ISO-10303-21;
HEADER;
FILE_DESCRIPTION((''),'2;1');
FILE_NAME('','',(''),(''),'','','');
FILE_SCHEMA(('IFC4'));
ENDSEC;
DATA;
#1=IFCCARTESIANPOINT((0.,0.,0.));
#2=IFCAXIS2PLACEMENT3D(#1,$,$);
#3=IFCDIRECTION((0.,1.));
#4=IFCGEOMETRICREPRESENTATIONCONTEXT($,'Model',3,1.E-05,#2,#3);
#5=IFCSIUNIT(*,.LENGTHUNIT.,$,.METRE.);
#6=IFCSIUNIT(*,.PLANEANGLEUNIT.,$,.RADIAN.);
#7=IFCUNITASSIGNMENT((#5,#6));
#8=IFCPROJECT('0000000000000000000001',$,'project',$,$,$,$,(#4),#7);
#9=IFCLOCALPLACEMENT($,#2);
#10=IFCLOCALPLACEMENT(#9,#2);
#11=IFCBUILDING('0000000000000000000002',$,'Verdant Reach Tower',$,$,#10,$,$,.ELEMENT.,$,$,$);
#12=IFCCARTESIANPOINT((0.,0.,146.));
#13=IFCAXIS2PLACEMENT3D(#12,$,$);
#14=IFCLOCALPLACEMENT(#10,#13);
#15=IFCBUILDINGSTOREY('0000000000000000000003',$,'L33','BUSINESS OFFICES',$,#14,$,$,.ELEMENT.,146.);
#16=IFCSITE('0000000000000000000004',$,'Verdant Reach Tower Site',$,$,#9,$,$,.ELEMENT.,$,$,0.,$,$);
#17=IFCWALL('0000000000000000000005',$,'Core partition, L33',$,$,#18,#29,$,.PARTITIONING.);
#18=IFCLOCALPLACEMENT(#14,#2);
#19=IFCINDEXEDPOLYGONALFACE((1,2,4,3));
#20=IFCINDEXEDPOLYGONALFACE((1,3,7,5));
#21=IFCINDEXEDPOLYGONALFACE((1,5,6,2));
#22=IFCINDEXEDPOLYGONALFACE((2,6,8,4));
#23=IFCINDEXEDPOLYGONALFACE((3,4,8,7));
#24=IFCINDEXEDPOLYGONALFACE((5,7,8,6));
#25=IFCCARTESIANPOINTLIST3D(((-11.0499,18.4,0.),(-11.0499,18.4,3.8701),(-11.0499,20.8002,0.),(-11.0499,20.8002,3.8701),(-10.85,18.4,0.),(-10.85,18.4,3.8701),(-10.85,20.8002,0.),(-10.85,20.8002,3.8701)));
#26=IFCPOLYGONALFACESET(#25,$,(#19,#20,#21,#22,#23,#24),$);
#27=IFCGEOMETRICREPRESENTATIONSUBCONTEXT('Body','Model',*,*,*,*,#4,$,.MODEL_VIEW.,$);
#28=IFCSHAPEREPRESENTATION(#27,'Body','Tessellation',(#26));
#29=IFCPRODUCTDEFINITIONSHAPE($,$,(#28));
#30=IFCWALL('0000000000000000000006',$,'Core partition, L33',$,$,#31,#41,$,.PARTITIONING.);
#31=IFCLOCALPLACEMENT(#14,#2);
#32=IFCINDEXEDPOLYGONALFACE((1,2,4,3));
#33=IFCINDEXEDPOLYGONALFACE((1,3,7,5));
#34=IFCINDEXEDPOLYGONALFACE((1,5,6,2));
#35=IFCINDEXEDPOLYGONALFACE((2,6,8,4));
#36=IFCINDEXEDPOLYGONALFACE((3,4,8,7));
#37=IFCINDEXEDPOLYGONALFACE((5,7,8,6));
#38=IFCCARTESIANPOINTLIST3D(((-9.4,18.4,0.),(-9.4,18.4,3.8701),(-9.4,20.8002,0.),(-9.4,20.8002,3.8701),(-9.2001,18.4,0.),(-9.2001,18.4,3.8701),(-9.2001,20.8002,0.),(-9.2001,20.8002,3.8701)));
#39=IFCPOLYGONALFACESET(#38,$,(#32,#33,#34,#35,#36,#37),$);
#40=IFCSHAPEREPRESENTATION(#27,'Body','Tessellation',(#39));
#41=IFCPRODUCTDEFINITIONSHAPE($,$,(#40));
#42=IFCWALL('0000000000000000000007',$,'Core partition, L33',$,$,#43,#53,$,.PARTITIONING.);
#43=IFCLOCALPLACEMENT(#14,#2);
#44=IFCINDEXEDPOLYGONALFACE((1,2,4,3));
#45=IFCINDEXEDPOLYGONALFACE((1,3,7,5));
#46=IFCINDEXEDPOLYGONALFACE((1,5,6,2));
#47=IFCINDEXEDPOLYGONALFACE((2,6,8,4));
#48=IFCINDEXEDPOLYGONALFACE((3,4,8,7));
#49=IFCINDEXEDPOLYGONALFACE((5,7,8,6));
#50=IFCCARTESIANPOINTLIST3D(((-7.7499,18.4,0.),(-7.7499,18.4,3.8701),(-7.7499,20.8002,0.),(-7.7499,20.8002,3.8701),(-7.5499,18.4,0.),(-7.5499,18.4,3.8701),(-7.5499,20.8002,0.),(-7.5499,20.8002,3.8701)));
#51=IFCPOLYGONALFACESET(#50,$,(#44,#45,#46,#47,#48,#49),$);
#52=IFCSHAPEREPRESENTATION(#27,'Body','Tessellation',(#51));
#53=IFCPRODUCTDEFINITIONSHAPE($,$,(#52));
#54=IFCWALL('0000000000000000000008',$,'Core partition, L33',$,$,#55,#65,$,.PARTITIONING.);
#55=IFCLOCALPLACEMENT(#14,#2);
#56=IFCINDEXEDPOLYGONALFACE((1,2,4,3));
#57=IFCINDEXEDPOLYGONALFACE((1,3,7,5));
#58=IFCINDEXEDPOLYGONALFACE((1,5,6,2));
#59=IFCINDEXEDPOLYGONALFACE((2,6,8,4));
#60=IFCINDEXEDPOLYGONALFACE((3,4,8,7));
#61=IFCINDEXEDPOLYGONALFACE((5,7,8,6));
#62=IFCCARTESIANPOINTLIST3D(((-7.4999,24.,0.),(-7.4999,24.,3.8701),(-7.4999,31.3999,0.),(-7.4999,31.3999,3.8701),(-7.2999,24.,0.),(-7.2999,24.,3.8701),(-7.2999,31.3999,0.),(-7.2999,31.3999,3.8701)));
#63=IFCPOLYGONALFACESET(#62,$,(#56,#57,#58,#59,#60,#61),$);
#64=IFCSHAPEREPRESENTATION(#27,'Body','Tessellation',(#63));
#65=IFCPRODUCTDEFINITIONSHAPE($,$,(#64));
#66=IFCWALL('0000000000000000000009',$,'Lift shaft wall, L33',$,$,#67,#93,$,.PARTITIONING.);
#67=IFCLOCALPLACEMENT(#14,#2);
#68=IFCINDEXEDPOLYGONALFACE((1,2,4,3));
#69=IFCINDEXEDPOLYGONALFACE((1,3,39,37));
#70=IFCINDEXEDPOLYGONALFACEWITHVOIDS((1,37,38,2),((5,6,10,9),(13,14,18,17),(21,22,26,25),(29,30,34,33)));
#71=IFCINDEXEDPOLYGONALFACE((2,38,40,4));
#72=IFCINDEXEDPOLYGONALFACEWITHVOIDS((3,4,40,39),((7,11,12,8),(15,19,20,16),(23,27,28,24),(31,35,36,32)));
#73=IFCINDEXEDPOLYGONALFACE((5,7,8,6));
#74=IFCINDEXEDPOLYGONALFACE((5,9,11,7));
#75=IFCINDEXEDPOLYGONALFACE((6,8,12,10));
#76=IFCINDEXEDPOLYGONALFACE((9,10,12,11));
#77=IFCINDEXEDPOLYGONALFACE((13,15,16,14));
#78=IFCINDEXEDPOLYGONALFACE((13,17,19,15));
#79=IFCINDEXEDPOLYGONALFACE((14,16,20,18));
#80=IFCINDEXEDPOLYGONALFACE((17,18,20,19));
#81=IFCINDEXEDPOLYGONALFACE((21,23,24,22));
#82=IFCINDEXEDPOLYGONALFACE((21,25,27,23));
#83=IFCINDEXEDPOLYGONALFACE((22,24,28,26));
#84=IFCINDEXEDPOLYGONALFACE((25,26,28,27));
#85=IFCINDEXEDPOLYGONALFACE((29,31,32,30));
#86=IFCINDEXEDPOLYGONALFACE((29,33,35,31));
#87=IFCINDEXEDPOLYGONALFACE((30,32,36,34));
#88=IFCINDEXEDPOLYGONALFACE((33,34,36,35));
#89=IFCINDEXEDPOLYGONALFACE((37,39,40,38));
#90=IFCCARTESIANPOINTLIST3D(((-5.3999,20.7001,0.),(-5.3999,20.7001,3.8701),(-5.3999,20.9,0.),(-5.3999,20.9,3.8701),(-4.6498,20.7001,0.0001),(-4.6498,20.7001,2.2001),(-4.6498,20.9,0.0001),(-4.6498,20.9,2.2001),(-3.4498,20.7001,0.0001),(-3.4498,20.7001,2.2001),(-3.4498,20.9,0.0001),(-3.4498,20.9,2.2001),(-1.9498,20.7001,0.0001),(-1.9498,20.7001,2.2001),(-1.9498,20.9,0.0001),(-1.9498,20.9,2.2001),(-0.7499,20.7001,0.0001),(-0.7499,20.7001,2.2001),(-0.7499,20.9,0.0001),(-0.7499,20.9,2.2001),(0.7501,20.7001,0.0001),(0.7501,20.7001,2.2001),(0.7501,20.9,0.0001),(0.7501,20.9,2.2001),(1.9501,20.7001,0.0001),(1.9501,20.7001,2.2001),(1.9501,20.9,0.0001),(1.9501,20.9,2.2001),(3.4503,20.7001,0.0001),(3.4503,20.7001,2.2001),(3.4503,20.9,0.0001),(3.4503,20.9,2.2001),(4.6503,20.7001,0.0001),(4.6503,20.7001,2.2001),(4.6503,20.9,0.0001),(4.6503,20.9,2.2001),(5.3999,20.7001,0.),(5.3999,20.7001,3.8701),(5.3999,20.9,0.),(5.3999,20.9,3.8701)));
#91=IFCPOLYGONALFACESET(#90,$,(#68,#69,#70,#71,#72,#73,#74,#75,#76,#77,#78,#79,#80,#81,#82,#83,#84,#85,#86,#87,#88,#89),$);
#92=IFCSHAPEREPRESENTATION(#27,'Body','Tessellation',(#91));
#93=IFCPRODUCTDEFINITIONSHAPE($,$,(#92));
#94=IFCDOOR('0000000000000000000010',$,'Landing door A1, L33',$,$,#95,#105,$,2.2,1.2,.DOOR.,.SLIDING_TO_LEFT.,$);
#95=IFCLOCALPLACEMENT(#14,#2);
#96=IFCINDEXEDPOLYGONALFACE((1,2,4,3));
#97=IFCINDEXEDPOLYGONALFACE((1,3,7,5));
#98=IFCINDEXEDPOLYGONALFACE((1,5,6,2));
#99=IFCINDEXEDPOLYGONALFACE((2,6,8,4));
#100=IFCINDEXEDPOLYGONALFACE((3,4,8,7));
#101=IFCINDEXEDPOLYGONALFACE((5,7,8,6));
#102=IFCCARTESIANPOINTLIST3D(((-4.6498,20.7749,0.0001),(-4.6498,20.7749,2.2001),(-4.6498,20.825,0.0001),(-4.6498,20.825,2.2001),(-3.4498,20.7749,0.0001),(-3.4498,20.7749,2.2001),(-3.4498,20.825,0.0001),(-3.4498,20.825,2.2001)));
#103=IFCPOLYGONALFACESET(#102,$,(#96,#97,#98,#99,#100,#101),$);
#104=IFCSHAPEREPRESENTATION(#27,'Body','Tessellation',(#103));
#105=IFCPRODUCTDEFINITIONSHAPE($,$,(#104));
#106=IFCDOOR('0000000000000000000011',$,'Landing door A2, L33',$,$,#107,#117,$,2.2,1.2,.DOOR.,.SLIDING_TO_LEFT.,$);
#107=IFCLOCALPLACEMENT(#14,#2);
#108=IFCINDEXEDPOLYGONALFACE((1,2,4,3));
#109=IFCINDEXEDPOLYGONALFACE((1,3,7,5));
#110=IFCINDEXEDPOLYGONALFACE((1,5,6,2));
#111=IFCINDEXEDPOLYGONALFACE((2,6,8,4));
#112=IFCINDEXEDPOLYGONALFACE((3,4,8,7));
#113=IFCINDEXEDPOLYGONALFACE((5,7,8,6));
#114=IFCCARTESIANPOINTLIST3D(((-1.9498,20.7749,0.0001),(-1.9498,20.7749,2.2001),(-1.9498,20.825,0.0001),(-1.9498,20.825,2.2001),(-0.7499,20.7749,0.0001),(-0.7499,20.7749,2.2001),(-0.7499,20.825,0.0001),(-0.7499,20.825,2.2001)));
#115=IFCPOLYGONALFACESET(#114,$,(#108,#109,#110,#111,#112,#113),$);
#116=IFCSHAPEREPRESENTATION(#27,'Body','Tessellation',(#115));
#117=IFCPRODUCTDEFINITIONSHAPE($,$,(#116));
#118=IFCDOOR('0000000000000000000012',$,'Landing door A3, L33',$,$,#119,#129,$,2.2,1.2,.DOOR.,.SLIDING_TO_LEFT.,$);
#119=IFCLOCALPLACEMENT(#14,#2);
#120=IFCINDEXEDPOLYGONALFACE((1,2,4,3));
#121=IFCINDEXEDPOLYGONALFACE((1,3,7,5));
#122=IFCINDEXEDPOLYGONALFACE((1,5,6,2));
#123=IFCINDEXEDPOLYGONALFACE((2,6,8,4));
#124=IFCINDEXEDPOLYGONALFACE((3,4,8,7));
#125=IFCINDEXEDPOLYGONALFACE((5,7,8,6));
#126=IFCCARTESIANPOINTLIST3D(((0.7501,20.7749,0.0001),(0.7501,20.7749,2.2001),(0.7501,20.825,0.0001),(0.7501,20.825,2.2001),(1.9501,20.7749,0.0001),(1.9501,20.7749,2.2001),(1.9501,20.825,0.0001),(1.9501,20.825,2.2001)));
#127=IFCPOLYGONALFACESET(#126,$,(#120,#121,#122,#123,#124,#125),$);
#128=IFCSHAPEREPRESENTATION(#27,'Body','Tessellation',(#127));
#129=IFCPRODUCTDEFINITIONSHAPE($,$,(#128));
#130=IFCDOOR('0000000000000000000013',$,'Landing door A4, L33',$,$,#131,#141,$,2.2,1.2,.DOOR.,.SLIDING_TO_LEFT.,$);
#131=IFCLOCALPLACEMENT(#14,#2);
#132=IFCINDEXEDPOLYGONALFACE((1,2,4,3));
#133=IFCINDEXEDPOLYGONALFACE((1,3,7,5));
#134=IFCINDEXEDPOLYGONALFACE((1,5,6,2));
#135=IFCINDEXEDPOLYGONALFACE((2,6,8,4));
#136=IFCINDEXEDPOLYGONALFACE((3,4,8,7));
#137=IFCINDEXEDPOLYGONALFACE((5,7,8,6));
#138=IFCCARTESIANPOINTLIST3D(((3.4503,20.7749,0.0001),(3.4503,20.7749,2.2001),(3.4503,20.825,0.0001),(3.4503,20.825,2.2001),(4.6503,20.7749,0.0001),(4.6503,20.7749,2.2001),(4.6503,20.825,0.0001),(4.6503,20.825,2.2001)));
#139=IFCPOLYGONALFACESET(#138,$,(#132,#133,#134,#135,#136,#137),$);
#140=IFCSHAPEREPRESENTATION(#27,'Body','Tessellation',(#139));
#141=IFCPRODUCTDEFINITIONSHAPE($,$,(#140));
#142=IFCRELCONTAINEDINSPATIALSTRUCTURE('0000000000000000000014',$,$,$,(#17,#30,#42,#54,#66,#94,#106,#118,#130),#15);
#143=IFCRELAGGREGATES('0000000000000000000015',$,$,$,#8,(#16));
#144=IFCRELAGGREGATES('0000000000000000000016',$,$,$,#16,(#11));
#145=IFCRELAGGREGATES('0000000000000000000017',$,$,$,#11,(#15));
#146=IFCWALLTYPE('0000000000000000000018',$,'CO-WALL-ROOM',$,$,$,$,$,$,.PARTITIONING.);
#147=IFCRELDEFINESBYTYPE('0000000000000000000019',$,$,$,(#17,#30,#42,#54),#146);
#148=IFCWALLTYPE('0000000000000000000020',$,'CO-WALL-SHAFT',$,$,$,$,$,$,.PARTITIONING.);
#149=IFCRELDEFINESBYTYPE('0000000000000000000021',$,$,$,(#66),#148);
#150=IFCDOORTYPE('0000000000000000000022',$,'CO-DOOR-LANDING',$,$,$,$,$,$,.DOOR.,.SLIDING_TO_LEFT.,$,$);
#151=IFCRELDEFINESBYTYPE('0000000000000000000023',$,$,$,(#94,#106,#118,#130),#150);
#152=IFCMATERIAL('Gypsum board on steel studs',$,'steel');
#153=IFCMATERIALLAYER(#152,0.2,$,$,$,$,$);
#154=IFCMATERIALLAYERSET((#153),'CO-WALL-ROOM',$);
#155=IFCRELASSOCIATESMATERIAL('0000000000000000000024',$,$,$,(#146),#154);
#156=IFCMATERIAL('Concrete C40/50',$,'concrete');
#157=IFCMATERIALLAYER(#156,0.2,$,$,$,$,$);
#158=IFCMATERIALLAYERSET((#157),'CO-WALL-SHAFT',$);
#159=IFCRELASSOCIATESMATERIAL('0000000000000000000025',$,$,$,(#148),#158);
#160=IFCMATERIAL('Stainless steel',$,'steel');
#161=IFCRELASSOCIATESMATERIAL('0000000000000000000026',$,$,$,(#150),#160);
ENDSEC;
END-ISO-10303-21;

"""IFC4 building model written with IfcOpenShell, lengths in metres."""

from ifc_helpers import new_model, si_unit, direction, frame, frame_2d, origin, place, context, subcontext, project, spatial, rectangle, extrude, material, layer, layer_set, type_object, element, fill, save


model = new_model("IFC4")

# Units and contexts
model_context = context("Model", 3, precision=1e-05, world=origin(), true_north=direction((0.0, 1.0)))
body_context = subcontext(model_context, "Body", "Model", "MODEL_VIEW")
ifc_project = project(units=[si_unit("LENGTHUNIT", "METRE"), si_unit("PLANEANGLEUNIT", "RADIAN")], contexts=[model_context])

# Site, building, storey
site_placement = place(None, origin())
site = spatial("IfcSite", under=ifc_project, at=site_placement, Name="Verdant Reach Tower Site", CompositionType="ELEMENT", RefElevation=0.0)
building_placement = place(site_placement, origin())
building = spatial("IfcBuilding", under=site, at=building_placement, Name="Verdant Reach Tower", CompositionType="ELEMENT")
storey_placement = place(building_placement, frame((0.0, 0.0, 146.0)))
storey = spatial("IfcBuildingStorey", under=building, at=storey_placement, Name="L33", Description="BUSINESS OFFICES", CompositionType="ELEMENT", Elevation=146.0)

# Walls
ifc_material_1 = material(Name="Gypsum board on steel studs", Category="steel")
ifc_layer_1 = layer(ifc_material_1, 0.2)
ifc_layer_set_1 = layer_set([ifc_layer_1], Name="CO-WALL-ROOM")
wall_type_1 = type_object("IfcWallType", Name="CO-WALL-ROOM", PredefinedType="PARTITIONING", material=ifc_layer_set_1)
for number, where, z_axis, x_axis, name in (
    (1, (-10.95, 18.3999, 0.0), (0.0, 0.0, 1.0), (0.0, 1.0, 0.0), "Core partition, L33"),
    (2, (-9.3, 18.3999, 0.0), (0.0, 0.0, 1.0), (0.0, 1.0, 0.0), "Core partition, L33"),
    (3, (-7.6499, 18.3999, 0.0), (0.0, 0.0, 1.0), (0.0, 1.0, 0.0), "Core partition, L33"),
):
    element("IfcWall", number, at=place(storey_placement, frame(where, z_axis=z_axis, x_axis=x_axis)), inside=storey, type_object=wall_type_1, Name=name, PredefinedType="PARTITIONING", context=body_context, shape_type="SweptSolid", body=[
        extrude(rectangle(XDim=2.4001, YDim=0.2, at=frame_2d((1.2002, 0.0))), origin(), (0.0, 0.0, 1.0), 3.8701),
    ])
wall_1_placement = place(storey_placement, frame((-7.3999, 24.0, 0.0), z_axis=(0.0, 0.0, 1.0), x_axis=(0.0, 1.0, 0.0)))
element("IfcWall", 4, at=wall_1_placement, inside=storey, type_object=wall_type_1, Name="Core partition, L33", PredefinedType="PARTITIONING", context=body_context, shape_type="SweptSolid", body=[
    extrude(rectangle(XDim=7.3999, YDim=0.2, at=frame_2d((3.7, 0.0))), origin(), (0.0, 0.0, 1.0), 3.8701),
])

# Wall, openings, doors
ifc_material_2 = material(Name="Concrete C40/50", Category="concrete")
ifc_layer_2 = layer(ifc_material_2, 0.2)
ifc_layer_set_2 = layer_set([ifc_layer_2], Name="CO-WALL-SHAFT")
wall_type_2 = type_object("IfcWallType", Name="CO-WALL-SHAFT", PredefinedType="PARTITIONING", material=ifc_layer_set_2)
wall_2_placement = place(storey_placement, frame((-5.3999, 20.8, 0.0), z_axis=(0.0, 0.0, 1.0), x_axis=(1.0, 0.0, 0.0)))
wall_2 = element("IfcWall", 5, at=wall_2_placement, inside=storey, type_object=wall_type_2, Name="Lift shaft wall, L33", PredefinedType="PARTITIONING", context=body_context, shape_type="SweptSolid", body=[
    extrude(rectangle(XDim=10.7998, YDim=0.2, at=frame_2d((5.3999, 0.0))), origin(), (0.0, 0.0, 1.0), 3.8701),
])
opening_1_placement = place(wall_2_placement, frame((0.75, 0.0, 0.0)))
opening_1 = element("IfcOpeningElement", 6, at=opening_1_placement, cuts=wall_2, PredefinedType="OPENING", context=body_context, shape_type="SweptSolid", body=[
    extrude(rectangle(XDim=1.2, YDim=2.2, at=frame_2d((0.6001, 1.1001))), frame((0.0, 0.1099, 0.0), z_axis=(0.0, -1.0, 0.0), x_axis=(1.0, 0.0, 0.0)), (0.0, 0.0, 1.0), 0.22),
])
opening_2_placement = place(wall_2_placement, frame((3.45, 0.0, 0.0)))
opening_2 = element("IfcOpeningElement", 7, at=opening_2_placement, cuts=wall_2, PredefinedType="OPENING", context=body_context, shape_type="SweptSolid", body=[
    extrude(rectangle(XDim=1.2, YDim=2.2, at=frame_2d((0.6001, 1.1001))), frame((0.0, 0.1099, 0.0), z_axis=(0.0, -1.0, 0.0), x_axis=(1.0, 0.0, 0.0)), (0.0, 0.0, 1.0), 0.22),
])
opening_3_placement = place(wall_2_placement, frame((6.1499, 0.0, 0.0)))
opening_3 = element("IfcOpeningElement", 8, at=opening_3_placement, cuts=wall_2, PredefinedType="OPENING", context=body_context, shape_type="SweptSolid", body=[
    extrude(rectangle(XDim=1.2, YDim=2.2, at=frame_2d((0.6001, 1.1001))), frame((0.0, 0.1099, 0.0), z_axis=(0.0, -1.0, 0.0), x_axis=(1.0, 0.0, 0.0)), (0.0, 0.0, 1.0), 0.22),
])
opening_4_placement = place(wall_2_placement, frame((8.8501, 0.0, 0.0)))
opening_4 = element("IfcOpeningElement", 9, at=opening_4_placement, cuts=wall_2, PredefinedType="OPENING", context=body_context, shape_type="SweptSolid", body=[
    extrude(rectangle(XDim=1.2, YDim=2.2, at=frame_2d((0.6001, 1.1001))), frame((0.0, 0.1099, 0.0), z_axis=(0.0, -1.0, 0.0), x_axis=(1.0, 0.0, 0.0)), (0.0, 0.0, 1.0), 0.22),
])
ifc_material_3 = material(Name="Stainless steel", Category="steel")
door_type_1 = type_object("IfcDoorType", Name="CO-DOOR-LANDING", OperationType="SLIDING_TO_LEFT", PredefinedType="DOOR", material=ifc_material_3)
door_1_placement = place(opening_1_placement, origin())
door_1 = element("IfcDoor", 10, at=door_1_placement, inside=storey, type_object=door_type_1, Name="Landing door A1, L33", OperationType="SLIDING_TO_LEFT", OverallHeight=2.2, OverallWidth=1.2, PredefinedType="DOOR", context=body_context, shape_type="SweptSolid", body=[
    extrude(rectangle(XDim=1.2, YDim=2.2, at=frame_2d((0.6001, 1.1001))), frame((0.0, 0.0249, 0.0), z_axis=(0.0, -1.0, 0.0), x_axis=(1.0, 0.0, 0.0)), (0.0, 0.0, 1.0), 0.05),
])
fill(opening_1, door_1)
door_2_placement = place(opening_2_placement, origin())
door_2 = element("IfcDoor", 11, at=door_2_placement, inside=storey, type_object=door_type_1, Name="Landing door A2, L33", OperationType="SLIDING_TO_LEFT", OverallHeight=2.2, OverallWidth=1.2, PredefinedType="DOOR", context=body_context, shape_type="SweptSolid", body=[
    extrude(rectangle(XDim=1.2, YDim=2.2, at=frame_2d((0.6001, 1.1001))), frame((0.0, 0.0249, 0.0), z_axis=(0.0, -1.0, 0.0), x_axis=(1.0, 0.0, 0.0)), (0.0, 0.0, 1.0), 0.05),
])
fill(opening_2, door_2)
door_3_placement = place(opening_3_placement, origin())
door_3 = element("IfcDoor", 12, at=door_3_placement, inside=storey, type_object=door_type_1, Name="Landing door A3, L33", OperationType="SLIDING_TO_LEFT", OverallHeight=2.2, OverallWidth=1.2, PredefinedType="DOOR", context=body_context, shape_type="SweptSolid", body=[
    extrude(rectangle(XDim=1.2, YDim=2.2, at=frame_2d((0.6001, 1.1001))), frame((0.0, 0.0249, 0.0), z_axis=(0.0, -1.0, 0.0), x_axis=(1.0, 0.0, 0.0)), (0.0, 0.0, 1.0), 0.05),
])
fill(opening_3, door_3)
door_4_placement = place(opening_4_placement, origin())
door_4 = element("IfcDoor", 13, at=door_4_placement, inside=storey, type_object=door_type_1, Name="Landing door A4, L33", OperationType="SLIDING_TO_LEFT", OverallHeight=2.2, OverallWidth=1.2, PredefinedType="DOOR", context=body_context, shape_type="SweptSolid", body=[
    extrude(rectangle(XDim=1.2, YDim=2.2, at=frame_2d((0.6001, 1.1001))), frame((0.0, 0.0249, 0.0), z_axis=(0.0, -1.0, 0.0), x_axis=(1.0, 0.0, 0.0)), (0.0, 0.0, 1.0), 0.05),
])
fill(opening_4, door_4)

save(model, "model.ifc")
